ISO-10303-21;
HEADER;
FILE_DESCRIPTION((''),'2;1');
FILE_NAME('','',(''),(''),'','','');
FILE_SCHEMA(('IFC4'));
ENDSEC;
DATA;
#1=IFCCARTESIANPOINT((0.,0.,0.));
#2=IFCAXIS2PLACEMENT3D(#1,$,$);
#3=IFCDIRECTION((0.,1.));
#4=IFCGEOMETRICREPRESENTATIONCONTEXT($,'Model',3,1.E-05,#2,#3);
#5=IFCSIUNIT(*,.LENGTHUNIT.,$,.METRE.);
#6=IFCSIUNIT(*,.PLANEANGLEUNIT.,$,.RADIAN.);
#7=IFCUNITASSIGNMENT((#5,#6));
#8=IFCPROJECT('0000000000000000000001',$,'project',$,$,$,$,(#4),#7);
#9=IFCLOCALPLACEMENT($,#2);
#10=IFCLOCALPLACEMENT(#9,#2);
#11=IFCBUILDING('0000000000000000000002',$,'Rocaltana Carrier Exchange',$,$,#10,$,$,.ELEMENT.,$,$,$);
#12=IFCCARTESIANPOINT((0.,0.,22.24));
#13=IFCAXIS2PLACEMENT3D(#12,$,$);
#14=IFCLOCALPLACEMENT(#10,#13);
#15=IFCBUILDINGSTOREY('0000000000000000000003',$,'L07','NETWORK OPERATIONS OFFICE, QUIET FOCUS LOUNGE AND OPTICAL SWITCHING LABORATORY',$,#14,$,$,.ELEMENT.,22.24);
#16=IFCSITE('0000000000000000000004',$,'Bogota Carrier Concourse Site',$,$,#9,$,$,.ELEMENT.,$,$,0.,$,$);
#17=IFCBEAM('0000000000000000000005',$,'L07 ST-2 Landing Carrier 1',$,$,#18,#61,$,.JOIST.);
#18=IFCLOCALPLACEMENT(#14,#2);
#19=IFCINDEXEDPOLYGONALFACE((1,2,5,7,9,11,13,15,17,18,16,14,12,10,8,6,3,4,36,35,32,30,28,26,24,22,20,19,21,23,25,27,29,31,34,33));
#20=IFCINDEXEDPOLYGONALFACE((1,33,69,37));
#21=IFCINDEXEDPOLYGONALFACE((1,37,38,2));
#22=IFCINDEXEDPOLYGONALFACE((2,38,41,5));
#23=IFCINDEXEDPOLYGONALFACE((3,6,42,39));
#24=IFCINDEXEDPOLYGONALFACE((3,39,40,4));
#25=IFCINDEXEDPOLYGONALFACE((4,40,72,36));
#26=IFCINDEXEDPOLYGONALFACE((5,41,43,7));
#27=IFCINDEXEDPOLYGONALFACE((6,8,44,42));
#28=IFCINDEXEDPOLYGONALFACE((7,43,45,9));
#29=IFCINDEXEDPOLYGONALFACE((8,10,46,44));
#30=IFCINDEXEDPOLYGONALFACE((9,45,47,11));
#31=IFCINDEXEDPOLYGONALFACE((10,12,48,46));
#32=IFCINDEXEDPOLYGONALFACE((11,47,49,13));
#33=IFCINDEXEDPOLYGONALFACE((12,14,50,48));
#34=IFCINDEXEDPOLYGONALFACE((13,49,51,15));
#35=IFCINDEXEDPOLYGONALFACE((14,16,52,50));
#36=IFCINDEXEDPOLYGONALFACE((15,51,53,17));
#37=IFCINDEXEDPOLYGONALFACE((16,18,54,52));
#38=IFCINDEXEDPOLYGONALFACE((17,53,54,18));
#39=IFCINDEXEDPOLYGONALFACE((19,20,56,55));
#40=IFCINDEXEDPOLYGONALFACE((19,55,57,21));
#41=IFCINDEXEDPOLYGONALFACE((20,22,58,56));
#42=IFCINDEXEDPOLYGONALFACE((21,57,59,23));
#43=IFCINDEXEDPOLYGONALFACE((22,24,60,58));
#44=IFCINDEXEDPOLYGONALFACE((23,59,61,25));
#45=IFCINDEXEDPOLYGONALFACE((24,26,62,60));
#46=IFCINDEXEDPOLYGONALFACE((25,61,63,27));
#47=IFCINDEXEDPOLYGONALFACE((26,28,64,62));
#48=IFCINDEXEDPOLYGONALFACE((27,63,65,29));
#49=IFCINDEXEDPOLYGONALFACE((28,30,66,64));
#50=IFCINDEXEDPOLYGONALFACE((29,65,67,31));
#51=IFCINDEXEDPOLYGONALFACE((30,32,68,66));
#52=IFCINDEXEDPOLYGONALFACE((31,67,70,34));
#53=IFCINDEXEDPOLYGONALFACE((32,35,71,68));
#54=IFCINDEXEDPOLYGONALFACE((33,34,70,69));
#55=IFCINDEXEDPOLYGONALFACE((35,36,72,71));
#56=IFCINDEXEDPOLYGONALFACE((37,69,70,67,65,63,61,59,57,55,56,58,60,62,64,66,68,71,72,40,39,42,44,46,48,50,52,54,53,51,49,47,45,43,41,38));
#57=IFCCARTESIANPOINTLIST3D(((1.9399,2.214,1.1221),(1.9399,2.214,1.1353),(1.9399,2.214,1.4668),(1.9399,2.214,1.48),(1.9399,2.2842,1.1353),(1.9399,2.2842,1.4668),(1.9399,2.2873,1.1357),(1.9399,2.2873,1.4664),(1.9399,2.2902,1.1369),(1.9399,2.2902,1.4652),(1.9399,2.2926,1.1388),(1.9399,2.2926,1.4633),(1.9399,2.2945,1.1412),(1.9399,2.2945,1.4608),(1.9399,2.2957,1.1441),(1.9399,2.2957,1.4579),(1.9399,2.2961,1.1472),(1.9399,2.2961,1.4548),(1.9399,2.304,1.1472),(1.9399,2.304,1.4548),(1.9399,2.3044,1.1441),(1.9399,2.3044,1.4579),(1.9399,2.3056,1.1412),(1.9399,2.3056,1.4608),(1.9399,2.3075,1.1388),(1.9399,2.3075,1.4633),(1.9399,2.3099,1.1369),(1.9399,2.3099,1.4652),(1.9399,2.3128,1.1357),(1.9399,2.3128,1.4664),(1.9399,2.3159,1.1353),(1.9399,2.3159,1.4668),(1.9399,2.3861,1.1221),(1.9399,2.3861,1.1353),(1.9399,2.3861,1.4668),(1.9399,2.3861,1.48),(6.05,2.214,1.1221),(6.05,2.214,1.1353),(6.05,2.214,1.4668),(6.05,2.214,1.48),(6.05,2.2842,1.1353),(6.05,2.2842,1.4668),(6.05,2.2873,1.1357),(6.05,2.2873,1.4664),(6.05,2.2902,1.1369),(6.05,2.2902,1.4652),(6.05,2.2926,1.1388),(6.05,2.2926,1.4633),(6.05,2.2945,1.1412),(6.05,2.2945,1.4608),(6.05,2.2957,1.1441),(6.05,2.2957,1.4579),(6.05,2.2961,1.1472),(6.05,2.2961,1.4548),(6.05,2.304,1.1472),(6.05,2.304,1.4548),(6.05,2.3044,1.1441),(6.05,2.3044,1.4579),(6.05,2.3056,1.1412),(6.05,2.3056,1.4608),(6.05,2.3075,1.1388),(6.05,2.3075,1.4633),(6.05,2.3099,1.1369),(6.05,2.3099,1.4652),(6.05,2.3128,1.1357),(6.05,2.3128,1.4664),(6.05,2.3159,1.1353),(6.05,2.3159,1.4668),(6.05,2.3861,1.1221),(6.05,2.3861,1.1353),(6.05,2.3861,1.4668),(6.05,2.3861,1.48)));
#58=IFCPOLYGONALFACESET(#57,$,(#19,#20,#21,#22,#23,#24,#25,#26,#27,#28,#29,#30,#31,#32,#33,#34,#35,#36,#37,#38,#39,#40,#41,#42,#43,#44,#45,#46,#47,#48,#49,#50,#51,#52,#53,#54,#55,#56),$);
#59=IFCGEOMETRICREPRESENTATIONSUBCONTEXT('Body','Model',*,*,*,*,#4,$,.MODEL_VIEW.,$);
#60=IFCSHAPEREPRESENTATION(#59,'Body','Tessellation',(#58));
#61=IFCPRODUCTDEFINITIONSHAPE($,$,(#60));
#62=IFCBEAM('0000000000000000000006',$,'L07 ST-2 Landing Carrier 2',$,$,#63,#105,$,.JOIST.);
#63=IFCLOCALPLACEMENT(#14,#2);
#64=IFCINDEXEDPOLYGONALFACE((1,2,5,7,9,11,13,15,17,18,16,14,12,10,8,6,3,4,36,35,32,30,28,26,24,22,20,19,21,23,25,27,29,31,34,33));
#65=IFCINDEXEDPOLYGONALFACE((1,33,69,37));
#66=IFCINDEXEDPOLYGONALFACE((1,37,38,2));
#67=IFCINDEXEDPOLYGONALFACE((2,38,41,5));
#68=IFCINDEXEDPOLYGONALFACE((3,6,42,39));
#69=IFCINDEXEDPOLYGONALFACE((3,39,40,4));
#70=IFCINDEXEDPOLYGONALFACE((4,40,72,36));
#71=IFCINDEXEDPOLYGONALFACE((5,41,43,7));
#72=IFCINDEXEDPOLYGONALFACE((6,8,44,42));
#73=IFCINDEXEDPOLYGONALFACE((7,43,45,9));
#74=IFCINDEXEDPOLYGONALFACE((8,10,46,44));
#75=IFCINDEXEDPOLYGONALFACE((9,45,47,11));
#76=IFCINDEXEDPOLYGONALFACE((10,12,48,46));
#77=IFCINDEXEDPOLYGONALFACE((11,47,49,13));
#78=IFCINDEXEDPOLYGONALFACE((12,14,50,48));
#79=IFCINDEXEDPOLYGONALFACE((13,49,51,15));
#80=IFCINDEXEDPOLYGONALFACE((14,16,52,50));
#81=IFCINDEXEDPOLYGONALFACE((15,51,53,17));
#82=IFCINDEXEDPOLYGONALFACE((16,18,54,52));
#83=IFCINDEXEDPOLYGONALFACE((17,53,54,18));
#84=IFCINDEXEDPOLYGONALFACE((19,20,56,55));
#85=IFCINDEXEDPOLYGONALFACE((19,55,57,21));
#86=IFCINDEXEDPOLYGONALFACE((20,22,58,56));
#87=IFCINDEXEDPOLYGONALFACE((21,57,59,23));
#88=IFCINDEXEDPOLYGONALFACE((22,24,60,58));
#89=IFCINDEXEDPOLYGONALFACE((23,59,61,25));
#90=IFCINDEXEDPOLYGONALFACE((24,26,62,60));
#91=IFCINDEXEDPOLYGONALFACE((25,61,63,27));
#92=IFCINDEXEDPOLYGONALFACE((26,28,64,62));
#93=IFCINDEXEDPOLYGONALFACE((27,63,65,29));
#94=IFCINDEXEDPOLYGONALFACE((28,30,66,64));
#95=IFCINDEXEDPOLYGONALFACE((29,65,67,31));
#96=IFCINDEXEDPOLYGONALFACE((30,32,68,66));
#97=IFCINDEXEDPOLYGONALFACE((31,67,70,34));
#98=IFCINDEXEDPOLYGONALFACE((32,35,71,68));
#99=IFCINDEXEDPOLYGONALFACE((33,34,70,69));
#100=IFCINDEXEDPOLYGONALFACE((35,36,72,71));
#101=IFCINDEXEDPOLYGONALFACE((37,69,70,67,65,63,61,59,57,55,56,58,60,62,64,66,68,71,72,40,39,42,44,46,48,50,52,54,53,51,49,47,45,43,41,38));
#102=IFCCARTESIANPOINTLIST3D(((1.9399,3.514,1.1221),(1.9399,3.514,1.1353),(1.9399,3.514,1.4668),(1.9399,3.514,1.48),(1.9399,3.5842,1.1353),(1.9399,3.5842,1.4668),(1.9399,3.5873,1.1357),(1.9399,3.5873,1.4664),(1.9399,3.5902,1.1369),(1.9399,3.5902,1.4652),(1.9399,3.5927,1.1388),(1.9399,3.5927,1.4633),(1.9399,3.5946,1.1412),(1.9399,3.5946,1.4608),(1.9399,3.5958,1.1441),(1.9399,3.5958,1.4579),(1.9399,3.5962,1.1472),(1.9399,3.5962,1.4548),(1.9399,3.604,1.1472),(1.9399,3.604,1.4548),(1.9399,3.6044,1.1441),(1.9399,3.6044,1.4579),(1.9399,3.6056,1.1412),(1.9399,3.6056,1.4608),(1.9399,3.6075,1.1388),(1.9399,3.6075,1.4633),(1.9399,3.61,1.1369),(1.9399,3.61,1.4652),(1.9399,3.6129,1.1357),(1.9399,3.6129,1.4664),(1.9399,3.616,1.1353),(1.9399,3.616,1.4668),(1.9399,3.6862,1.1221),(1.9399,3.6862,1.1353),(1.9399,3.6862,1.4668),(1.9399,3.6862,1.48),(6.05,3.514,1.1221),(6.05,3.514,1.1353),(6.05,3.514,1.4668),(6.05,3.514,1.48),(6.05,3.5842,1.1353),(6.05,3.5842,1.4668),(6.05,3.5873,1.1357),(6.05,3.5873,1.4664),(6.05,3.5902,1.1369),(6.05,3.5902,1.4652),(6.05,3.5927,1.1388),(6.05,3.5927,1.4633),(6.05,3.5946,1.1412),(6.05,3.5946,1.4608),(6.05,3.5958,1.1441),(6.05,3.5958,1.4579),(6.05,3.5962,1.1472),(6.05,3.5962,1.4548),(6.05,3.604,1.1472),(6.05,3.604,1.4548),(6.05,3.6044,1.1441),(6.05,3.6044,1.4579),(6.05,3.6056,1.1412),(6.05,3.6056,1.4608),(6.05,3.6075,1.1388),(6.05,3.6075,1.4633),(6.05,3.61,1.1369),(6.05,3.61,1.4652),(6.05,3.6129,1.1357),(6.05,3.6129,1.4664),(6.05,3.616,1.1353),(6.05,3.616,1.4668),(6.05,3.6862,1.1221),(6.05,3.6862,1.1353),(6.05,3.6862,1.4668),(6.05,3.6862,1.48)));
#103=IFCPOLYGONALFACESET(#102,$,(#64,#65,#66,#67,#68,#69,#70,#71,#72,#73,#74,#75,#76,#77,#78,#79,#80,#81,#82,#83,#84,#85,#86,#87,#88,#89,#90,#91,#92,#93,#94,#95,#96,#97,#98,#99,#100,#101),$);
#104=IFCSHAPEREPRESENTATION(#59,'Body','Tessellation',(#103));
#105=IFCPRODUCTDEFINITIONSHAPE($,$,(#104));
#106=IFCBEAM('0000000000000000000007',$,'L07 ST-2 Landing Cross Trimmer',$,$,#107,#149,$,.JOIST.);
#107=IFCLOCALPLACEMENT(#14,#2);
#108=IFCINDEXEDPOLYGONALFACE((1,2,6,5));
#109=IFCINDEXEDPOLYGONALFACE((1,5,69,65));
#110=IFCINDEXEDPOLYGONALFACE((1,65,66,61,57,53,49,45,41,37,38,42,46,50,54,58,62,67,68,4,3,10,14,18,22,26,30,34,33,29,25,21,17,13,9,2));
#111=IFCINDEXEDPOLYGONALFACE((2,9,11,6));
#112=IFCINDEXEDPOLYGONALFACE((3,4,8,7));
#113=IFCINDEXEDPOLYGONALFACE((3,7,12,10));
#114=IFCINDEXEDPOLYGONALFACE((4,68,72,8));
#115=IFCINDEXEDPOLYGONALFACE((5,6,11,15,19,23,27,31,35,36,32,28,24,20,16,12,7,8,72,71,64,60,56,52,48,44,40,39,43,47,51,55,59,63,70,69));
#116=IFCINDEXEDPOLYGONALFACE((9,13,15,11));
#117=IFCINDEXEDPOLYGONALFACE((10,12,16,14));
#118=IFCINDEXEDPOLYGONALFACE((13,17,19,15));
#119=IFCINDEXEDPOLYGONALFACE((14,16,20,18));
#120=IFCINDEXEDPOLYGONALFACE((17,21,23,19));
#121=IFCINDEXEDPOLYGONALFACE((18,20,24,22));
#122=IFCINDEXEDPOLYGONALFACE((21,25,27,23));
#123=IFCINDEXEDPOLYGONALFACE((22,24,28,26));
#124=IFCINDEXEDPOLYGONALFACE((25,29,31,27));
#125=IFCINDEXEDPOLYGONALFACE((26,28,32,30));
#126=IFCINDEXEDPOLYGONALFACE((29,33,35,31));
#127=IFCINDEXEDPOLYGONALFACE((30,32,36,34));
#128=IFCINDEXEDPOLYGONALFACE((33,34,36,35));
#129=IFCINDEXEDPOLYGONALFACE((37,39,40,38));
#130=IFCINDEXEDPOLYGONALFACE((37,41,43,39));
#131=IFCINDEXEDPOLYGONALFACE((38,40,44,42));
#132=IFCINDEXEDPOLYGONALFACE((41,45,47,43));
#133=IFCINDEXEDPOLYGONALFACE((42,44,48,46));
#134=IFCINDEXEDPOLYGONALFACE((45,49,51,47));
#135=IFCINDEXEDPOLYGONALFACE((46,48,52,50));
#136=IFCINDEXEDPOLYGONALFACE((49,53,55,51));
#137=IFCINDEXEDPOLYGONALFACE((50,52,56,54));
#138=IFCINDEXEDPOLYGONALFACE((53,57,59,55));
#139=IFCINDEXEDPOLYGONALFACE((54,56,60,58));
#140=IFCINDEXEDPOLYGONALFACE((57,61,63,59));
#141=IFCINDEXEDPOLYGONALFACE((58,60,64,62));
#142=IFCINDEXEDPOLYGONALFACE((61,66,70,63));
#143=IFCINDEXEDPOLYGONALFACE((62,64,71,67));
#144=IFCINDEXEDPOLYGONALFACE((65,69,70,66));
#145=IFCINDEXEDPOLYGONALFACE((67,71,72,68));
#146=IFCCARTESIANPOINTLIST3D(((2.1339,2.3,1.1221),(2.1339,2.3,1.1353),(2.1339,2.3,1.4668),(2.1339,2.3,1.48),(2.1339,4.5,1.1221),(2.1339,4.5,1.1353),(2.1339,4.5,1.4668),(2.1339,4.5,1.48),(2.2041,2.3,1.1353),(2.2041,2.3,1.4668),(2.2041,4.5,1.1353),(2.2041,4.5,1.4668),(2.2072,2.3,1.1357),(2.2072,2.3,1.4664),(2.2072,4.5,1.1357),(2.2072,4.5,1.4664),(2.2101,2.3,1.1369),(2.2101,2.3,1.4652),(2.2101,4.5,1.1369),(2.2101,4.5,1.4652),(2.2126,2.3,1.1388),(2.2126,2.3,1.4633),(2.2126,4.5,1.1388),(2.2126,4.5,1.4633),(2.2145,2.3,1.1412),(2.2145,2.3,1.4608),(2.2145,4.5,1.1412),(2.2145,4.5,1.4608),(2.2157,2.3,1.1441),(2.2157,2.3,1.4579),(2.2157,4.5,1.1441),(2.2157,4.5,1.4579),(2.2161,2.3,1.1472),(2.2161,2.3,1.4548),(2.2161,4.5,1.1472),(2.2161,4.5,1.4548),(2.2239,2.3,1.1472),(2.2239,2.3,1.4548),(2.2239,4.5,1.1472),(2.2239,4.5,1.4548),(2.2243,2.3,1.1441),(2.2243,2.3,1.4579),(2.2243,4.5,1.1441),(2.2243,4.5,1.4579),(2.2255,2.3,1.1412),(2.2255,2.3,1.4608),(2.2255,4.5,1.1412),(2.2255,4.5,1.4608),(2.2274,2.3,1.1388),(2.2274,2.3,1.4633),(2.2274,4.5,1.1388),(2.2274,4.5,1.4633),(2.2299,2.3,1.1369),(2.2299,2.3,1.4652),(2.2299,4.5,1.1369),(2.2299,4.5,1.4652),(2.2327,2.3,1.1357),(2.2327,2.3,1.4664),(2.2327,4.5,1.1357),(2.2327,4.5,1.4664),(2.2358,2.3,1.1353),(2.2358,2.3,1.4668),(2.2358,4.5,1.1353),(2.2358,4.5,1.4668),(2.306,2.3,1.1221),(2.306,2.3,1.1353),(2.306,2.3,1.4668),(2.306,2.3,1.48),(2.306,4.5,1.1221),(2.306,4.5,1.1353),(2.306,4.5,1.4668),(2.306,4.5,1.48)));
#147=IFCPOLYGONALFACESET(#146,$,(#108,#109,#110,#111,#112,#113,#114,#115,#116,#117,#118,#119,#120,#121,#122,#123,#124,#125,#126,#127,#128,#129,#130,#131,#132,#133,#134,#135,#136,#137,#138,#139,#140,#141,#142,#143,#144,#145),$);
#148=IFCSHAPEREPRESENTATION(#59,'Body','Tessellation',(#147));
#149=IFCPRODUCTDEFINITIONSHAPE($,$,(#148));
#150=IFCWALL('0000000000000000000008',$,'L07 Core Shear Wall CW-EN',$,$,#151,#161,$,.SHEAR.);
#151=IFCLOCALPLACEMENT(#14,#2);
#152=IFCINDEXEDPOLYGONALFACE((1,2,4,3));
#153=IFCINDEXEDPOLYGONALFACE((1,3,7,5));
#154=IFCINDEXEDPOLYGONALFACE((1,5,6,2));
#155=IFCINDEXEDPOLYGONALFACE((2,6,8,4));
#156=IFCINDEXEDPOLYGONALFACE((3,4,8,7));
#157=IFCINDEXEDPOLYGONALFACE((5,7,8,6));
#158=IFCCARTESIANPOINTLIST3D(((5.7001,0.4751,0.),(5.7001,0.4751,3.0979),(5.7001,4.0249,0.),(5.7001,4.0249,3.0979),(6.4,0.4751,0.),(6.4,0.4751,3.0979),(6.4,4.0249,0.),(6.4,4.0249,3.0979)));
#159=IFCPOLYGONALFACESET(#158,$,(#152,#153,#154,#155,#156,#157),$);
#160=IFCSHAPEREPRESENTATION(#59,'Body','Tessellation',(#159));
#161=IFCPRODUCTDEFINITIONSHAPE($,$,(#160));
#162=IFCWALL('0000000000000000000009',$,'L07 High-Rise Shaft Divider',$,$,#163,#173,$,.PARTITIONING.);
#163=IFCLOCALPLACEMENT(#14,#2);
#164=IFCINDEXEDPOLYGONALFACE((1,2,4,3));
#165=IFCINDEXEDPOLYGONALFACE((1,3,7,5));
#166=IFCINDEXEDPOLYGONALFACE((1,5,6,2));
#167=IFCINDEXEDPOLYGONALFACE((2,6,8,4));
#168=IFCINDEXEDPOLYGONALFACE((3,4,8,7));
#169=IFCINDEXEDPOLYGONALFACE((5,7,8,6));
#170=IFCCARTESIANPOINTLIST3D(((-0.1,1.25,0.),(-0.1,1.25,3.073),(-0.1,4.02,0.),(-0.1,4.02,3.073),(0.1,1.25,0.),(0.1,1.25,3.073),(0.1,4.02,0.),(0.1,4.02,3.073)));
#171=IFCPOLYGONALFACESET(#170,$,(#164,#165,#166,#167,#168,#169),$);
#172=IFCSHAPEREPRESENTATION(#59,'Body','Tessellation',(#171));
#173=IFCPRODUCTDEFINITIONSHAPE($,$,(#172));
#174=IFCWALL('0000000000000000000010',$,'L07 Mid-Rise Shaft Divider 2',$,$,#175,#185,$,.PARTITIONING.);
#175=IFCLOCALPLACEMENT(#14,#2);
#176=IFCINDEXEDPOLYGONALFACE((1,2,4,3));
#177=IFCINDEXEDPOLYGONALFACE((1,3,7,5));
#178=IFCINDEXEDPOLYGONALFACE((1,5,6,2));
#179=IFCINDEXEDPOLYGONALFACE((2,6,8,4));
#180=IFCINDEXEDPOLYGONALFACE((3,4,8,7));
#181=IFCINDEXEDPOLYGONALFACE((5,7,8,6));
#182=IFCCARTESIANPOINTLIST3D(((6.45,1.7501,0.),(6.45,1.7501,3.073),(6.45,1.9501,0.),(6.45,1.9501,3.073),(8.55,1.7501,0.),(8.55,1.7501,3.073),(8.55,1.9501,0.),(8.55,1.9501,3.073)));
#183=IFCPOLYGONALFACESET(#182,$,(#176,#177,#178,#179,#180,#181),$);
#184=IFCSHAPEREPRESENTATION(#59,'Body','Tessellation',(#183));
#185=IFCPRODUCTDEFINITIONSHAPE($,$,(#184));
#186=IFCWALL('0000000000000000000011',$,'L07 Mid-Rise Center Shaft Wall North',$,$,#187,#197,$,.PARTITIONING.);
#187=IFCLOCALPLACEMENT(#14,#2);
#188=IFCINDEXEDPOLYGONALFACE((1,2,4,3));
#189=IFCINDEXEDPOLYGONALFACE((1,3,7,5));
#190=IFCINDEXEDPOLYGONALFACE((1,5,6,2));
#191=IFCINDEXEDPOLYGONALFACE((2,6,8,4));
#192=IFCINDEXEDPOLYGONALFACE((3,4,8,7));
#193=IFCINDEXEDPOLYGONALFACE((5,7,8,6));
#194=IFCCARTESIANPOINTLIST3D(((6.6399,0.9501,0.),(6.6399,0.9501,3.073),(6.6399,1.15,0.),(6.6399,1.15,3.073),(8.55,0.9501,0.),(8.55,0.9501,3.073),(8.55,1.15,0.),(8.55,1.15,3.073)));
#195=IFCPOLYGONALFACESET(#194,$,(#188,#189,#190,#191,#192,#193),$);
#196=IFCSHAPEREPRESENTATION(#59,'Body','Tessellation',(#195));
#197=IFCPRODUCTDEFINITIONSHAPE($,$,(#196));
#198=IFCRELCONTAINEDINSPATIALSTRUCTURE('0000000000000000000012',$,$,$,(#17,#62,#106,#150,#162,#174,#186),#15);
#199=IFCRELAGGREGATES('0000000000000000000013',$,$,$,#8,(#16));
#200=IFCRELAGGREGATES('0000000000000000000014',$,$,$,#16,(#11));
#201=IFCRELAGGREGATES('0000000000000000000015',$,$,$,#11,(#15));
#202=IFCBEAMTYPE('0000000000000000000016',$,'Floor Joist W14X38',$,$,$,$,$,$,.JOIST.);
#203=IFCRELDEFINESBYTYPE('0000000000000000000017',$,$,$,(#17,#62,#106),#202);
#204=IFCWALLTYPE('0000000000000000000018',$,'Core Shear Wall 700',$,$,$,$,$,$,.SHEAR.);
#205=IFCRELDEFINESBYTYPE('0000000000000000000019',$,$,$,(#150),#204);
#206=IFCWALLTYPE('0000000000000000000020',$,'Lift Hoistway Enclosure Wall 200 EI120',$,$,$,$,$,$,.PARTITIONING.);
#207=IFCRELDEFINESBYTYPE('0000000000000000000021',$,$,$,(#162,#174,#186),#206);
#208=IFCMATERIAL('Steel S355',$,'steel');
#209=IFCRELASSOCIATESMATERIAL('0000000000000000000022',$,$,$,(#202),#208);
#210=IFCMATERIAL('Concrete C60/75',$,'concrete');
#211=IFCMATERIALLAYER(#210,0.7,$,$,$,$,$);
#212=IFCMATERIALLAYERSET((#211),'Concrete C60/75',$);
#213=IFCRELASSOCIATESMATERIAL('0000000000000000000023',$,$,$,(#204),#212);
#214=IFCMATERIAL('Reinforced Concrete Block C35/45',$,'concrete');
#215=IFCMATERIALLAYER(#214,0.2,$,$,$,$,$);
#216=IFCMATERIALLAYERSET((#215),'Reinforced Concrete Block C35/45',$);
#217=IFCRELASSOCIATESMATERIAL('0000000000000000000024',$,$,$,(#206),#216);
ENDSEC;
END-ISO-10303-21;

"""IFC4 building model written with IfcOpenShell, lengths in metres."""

from ifc_helpers import new_model, si_unit, direction, frame, frame_2d, origin, origin_2d, place, context, subcontext, project, spatial, rectangle, i_section, extrude, material, layer, layer_set, material_profile, profile_set, type_object, element, save


model = new_model("IFC4")

# Units and contexts
model_context = context("Model", 3, precision=1e-05, world=origin(), true_north=direction((0.0, 1.0)))
body_context = subcontext(model_context, "Body", "Model", "MODEL_VIEW")
ifc_project = project(units=[si_unit("LENGTHUNIT", "METRE"), si_unit("PLANEANGLEUNIT", "RADIAN")], contexts=[model_context])

# Site, building, storey
site_placement = place(None, origin())
site = spatial("IfcSite", under=ifc_project, at=site_placement, Name="Bogota Carrier Concourse Site", CompositionType="ELEMENT", RefElevation=0.0)
building_placement = place(site_placement, origin())
building = spatial("IfcBuilding", under=site, at=building_placement, Name="Rocaltana Carrier Exchange", CompositionType="ELEMENT")
storey_placement = place(building_placement, frame((0.0, 0.0, 22.24)))
storey = spatial("IfcBuildingStorey", under=building, at=storey_placement, Name="L07", Description="NETWORK OPERATIONS OFFICE, QUIET FOCUS LOUNGE AND OPTICAL SWITCHING LABORATORY", CompositionType="ELEMENT", Elevation=22.24)

# Beams
ifc_material_1 = material(Name="Steel S355", Category="steel")
ifc_material_profile = material_profile(ifc_material_1, i_section(OverallWidth=0.1721, OverallDepth=0.3579, WebThickness=0.0078, FlangeThickness=0.0132, FilletRadius=0.012, at=origin_2d()), Name="W14X38")
ifc_profile_set = profile_set([ifc_material_profile], Name="Steel S355")
beam_type = type_object("IfcBeamType", Name="Floor Joist W14X38", PredefinedType="JOIST", material=ifc_profile_set)
for number, where, z_axis, x_axis, name in (
    (1, (1.9399, 2.3, 1.301), (1.0, 0.0, 0.0), (0.0, 1.0, 0.0), "L07 ST-2 Landing Carrier 1"),
    (2, (1.9399, 3.6001, 1.301), (1.0, 0.0, 0.0), (0.0, 1.0, 0.0), "L07 ST-2 Landing Carrier 2"),
):
    element("IfcBeam", number, at=place(storey_placement, frame(where, z_axis=z_axis, x_axis=x_axis)), inside=storey, type_object=beam_type, Name=name, PredefinedType="JOIST", context=body_context, shape_type="SweptSolid", body=[
        extrude(i_section(OverallWidth=0.1721, OverallDepth=0.3579, WebThickness=0.0078, FlangeThickness=0.0132, FilletRadius=0.012, at=origin_2d()), origin(), (0.0, 0.0, 1.0), 4.1101),
    ])
beam_placement = place(storey_placement, frame((2.22, 2.3, 1.301), z_axis=(0.0, 1.0, 0.0), x_axis=(-1.0, 0.0, 0.0)))
element("IfcBeam", 3, at=beam_placement, inside=storey, type_object=beam_type, Name="L07 ST-2 Landing Cross Trimmer", PredefinedType="JOIST", context=body_context, shape_type="SweptSolid", body=[
    extrude(i_section(OverallWidth=0.1721, OverallDepth=0.3579, WebThickness=0.0078, FlangeThickness=0.0132, FilletRadius=0.012, at=origin_2d()), origin(), (0.0, 0.0, 1.0), 2.2),
])

# Walls
ifc_material_2 = material(Name="Concrete C60/75", Category="concrete")
ifc_layer_1 = layer(ifc_material_2, 0.7)
ifc_layer_set_1 = layer_set([ifc_layer_1], Name="Concrete C60/75")
wall_type_1 = type_object("IfcWallType", Name="Core Shear Wall 700", PredefinedType="SHEAR", material=ifc_layer_set_1)
wall_1_placement = place(storey_placement, frame((6.05, 0.4751, 0.0), z_axis=(0.0, 0.0, 1.0), x_axis=(0.0, 1.0, 0.0)))
element("IfcWall", 4, at=wall_1_placement, inside=storey, type_object=wall_type_1, Name="L07 Core Shear Wall CW-EN", PredefinedType="SHEAR", context=body_context, shape_type="SweptSolid", body=[
    extrude(rectangle(XDim=3.5498, YDim=0.7, at=frame_2d((1.7749, 0.0))), origin(), (0.0, 0.0, 1.0), 3.0979),
])
ifc_material_3 = material(Name="Reinforced Concrete Block C35/45", Category="concrete")
ifc_layer_2 = layer(ifc_material_3, 0.2)
ifc_layer_set_2 = layer_set([ifc_layer_2], Name="Reinforced Concrete Block C35/45")
wall_type_2 = type_object("IfcWallType", Name="Lift Hoistway Enclosure Wall 200 EI120", PredefinedType="PARTITIONING", material=ifc_layer_set_2)
wall_2_placement = place(storey_placement, frame((0.0, 1.25, 0.0), z_axis=(0.0, 0.0, 1.0), x_axis=(0.0, 1.0, 0.0)))
element("IfcWall", 5, at=wall_2_placement, inside=storey, type_object=wall_type_2, Name="L07 High-Rise Shaft Divider", PredefinedType="PARTITIONING", context=body_context, shape_type="SweptSolid", body=[
    extrude(rectangle(XDim=2.77, YDim=0.2, at=frame_2d((1.385, 0.0))), origin(), (0.0, 0.0, 1.0), 3.073),
])
wall_3_placement = place(storey_placement, frame((6.45, 1.8501, 0.0), z_axis=(0.0, 0.0, 1.0), x_axis=(1.0, 0.0, 0.0)))
element("IfcWall", 6, at=wall_3_placement, inside=storey, type_object=wall_type_2, Name="L07 Mid-Rise Shaft Divider 2", PredefinedType="PARTITIONING", context=body_context, shape_type="SweptSolid", body=[
    extrude(rectangle(XDim=2.1001, YDim=0.2, at=frame_2d((1.05, 0.0))), origin(), (0.0, 0.0, 1.0), 3.073),
])
wall_4_placement = place(storey_placement, frame((6.6399, 1.05, 0.0), z_axis=(0.0, 0.0, 1.0), x_axis=(1.0, 0.0, 0.0)))
element("IfcWall", 7, at=wall_4_placement, inside=storey, type_object=wall_type_2, Name="L07 Mid-Rise Center Shaft Wall North", PredefinedType="PARTITIONING", context=body_context, shape_type="SweptSolid", body=[
    extrude(rectangle(XDim=1.9102, YDim=0.2, at=frame_2d((0.9551, 0.0))), origin(), (0.0, 0.0, 1.0), 3.073),
])

save(model, "model.ifc")
